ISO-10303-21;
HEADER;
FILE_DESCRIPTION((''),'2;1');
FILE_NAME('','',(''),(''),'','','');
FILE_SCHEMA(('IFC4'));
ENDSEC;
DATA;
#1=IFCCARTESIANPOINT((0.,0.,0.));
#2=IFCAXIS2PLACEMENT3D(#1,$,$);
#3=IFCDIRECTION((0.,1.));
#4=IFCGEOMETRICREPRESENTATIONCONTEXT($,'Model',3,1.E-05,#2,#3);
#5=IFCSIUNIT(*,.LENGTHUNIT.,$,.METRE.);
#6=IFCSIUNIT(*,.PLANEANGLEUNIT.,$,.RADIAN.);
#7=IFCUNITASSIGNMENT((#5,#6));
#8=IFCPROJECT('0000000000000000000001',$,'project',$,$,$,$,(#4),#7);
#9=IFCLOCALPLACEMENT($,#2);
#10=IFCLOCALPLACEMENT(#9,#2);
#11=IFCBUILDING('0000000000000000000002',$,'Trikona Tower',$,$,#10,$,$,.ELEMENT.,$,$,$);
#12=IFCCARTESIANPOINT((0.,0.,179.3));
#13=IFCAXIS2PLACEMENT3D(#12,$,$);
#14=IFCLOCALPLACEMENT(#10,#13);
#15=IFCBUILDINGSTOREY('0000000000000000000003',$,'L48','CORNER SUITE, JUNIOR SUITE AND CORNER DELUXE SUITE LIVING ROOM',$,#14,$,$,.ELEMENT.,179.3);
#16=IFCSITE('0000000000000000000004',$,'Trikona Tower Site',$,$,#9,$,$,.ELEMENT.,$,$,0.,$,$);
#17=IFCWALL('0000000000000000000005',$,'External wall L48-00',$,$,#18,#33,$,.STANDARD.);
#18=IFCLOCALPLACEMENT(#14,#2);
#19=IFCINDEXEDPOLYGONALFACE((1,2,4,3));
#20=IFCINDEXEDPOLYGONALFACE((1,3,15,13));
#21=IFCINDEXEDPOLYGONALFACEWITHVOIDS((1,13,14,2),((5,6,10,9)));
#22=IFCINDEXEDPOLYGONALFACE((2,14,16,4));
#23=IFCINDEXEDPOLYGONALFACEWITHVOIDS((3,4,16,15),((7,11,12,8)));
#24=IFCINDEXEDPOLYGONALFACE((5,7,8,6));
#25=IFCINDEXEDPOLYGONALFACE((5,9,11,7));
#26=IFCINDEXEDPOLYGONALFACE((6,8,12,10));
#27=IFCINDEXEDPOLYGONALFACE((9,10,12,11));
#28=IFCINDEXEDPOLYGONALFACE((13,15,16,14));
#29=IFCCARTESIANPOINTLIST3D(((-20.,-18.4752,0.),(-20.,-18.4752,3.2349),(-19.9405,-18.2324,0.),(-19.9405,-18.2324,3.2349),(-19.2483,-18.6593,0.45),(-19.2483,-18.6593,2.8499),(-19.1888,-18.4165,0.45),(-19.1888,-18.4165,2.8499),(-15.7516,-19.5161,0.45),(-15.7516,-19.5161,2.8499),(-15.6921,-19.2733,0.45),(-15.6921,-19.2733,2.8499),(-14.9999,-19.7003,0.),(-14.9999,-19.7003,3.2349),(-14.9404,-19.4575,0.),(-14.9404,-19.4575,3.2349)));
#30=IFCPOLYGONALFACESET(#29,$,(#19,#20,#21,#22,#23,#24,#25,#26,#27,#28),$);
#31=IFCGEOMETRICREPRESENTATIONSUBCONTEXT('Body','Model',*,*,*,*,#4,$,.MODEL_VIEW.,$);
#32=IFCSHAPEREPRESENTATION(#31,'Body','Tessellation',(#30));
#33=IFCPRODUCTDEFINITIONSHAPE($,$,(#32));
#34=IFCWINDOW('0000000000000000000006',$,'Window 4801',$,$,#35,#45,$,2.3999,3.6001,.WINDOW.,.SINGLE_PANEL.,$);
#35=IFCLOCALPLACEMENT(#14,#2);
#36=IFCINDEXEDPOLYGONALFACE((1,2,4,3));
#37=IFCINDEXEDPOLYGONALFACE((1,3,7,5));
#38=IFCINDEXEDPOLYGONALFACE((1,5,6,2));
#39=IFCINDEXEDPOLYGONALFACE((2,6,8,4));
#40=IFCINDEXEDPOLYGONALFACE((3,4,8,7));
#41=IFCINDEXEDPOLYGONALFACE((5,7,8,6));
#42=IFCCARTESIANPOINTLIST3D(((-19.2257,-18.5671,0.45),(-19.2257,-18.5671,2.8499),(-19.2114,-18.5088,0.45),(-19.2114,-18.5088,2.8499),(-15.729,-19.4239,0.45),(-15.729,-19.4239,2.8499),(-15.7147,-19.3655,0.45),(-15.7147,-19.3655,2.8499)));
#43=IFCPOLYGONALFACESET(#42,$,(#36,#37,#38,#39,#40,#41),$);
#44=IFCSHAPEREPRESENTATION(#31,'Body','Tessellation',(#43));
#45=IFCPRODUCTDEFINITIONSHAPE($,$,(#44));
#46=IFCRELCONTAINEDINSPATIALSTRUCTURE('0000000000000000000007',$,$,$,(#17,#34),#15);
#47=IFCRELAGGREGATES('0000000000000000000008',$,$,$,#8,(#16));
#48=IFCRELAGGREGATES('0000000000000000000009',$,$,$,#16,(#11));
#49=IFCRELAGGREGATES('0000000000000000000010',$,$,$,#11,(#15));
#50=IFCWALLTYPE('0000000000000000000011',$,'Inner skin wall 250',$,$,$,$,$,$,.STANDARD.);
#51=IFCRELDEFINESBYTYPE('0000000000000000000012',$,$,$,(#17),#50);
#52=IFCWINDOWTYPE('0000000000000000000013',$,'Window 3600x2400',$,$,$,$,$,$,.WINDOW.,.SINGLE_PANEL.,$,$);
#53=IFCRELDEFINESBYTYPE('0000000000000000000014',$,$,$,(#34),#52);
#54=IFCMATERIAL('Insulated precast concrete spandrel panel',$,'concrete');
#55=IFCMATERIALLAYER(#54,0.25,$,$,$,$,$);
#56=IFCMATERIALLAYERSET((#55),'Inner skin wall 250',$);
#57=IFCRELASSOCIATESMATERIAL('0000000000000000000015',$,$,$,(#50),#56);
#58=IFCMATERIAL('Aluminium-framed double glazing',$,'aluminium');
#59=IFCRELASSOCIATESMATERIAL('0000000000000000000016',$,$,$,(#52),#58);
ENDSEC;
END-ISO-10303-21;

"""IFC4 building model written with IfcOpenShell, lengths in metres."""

from ifc_helpers import new_model, si_unit, direction, frame, frame_2d, origin, place, context, subcontext, project, spatial, rectangle, extrude, material, layer, layer_set, type_object, element, fill, save


model = new_model("IFC4")

# Units and contexts
model_context = context("Model", 3, precision=1e-05, world=origin(), true_north=direction((0.0, 1.0)))
body_context = subcontext(model_context, "Body", "Model", "MODEL_VIEW")
ifc_project = project(units=[si_unit("LENGTHUNIT", "METRE"), si_unit("PLANEANGLEUNIT", "RADIAN")], contexts=[model_context])

# Site, building, storey
site_placement = place(None, origin())
site = spatial("IfcSite", under=ifc_project, at=site_placement, Name="Trikona Tower Site", CompositionType="ELEMENT", RefElevation=0.0)
building_placement = place(site_placement, origin())
building = spatial("IfcBuilding", under=site, at=building_placement, Name="Trikona Tower", CompositionType="ELEMENT")
storey_placement = place(building_placement, frame((0.0, 0.0, 179.3)))
storey = spatial("IfcBuildingStorey", under=building, at=storey_placement, Name="L48", Description="CORNER SUITE, JUNIOR SUITE AND CORNER DELUXE SUITE LIVING ROOM", CompositionType="ELEMENT", Elevation=179.3)

# Wall, opening, window
ifc_material_1 = material(Name="Insulated precast concrete spandrel panel", Category="concrete")
ifc_layer_1 = layer(ifc_material_1, 0.25)
ifc_layer_set_1 = layer_set([ifc_layer_1], Name="Inner skin wall 250")
wall_type_1 = type_object("IfcWallType", Name="Inner skin wall 250", PredefinedType="STANDARD", material=ifc_layer_set_1)
wall_1_placement = place(storey_placement, frame((-19.9702, -18.3538, 0.0), z_axis=(0.0, 0.0, 1.0), x_axis=(0.97127, -0.23798, 0.0)))
wall_1 = element("IfcWall", 1, at=wall_1_placement, inside=storey, type_object=wall_type_1, Name="External wall L48-00", PredefinedType="STANDARD", context=body_context, shape_type="SweptSolid", body=[
    extrude(rectangle(XDim=5.1479, YDim=0.25, at=frame_2d((2.574, 0.0))), origin(), (0.0, 0.0, 1.0), 3.2349),
])
opening_1_placement = place(wall_1_placement, frame((0.7739, 0.0, 0.45)))
opening_1 = element("IfcOpeningElement", 2, at=opening_1_placement, cuts=wall_1, PredefinedType="OPENING", context=body_context, shape_type="SweptSolid", body=[
    extrude(rectangle(XDim=3.6001, YDim=2.3999, at=frame_2d((1.8, 1.2))), frame((0.0, 0.135, 0.0), z_axis=(0.0, -1.0, 0.0), x_axis=(1.0, 0.0, 0.0)), (0.0, 0.0, 1.0), 0.27),
])
ifc_material_2 = material(Name="Aluminium-framed double glazing", Category="aluminium")
window_type_1 = type_object("IfcWindowType", Name="Window 3600x2400", PartitioningType="SINGLE_PANEL", PredefinedType="WINDOW", material=ifc_material_2)
window_1_placement = place(opening_1_placement, origin())
window_1 = element("IfcWindow", 3, at=window_1_placement, inside=storey, type_object=window_type_1, Name="Window 4801", OverallHeight=2.3999, OverallWidth=3.6001, PartitioningType="SINGLE_PANEL", PredefinedType="WINDOW", context=body_context, shape_type="SweptSolid", body=[
    extrude(rectangle(XDim=3.6001, YDim=2.3999, at=frame_2d((1.8, 1.2))), frame((0.0, 0.03, 0.0), z_axis=(0.0, -1.0, 0.0), x_axis=(1.0, 0.0, 0.0)), (0.0, 0.0, 1.0), 0.0601),
])
fill(opening_1, window_1)

save(model, "model.ifc")
